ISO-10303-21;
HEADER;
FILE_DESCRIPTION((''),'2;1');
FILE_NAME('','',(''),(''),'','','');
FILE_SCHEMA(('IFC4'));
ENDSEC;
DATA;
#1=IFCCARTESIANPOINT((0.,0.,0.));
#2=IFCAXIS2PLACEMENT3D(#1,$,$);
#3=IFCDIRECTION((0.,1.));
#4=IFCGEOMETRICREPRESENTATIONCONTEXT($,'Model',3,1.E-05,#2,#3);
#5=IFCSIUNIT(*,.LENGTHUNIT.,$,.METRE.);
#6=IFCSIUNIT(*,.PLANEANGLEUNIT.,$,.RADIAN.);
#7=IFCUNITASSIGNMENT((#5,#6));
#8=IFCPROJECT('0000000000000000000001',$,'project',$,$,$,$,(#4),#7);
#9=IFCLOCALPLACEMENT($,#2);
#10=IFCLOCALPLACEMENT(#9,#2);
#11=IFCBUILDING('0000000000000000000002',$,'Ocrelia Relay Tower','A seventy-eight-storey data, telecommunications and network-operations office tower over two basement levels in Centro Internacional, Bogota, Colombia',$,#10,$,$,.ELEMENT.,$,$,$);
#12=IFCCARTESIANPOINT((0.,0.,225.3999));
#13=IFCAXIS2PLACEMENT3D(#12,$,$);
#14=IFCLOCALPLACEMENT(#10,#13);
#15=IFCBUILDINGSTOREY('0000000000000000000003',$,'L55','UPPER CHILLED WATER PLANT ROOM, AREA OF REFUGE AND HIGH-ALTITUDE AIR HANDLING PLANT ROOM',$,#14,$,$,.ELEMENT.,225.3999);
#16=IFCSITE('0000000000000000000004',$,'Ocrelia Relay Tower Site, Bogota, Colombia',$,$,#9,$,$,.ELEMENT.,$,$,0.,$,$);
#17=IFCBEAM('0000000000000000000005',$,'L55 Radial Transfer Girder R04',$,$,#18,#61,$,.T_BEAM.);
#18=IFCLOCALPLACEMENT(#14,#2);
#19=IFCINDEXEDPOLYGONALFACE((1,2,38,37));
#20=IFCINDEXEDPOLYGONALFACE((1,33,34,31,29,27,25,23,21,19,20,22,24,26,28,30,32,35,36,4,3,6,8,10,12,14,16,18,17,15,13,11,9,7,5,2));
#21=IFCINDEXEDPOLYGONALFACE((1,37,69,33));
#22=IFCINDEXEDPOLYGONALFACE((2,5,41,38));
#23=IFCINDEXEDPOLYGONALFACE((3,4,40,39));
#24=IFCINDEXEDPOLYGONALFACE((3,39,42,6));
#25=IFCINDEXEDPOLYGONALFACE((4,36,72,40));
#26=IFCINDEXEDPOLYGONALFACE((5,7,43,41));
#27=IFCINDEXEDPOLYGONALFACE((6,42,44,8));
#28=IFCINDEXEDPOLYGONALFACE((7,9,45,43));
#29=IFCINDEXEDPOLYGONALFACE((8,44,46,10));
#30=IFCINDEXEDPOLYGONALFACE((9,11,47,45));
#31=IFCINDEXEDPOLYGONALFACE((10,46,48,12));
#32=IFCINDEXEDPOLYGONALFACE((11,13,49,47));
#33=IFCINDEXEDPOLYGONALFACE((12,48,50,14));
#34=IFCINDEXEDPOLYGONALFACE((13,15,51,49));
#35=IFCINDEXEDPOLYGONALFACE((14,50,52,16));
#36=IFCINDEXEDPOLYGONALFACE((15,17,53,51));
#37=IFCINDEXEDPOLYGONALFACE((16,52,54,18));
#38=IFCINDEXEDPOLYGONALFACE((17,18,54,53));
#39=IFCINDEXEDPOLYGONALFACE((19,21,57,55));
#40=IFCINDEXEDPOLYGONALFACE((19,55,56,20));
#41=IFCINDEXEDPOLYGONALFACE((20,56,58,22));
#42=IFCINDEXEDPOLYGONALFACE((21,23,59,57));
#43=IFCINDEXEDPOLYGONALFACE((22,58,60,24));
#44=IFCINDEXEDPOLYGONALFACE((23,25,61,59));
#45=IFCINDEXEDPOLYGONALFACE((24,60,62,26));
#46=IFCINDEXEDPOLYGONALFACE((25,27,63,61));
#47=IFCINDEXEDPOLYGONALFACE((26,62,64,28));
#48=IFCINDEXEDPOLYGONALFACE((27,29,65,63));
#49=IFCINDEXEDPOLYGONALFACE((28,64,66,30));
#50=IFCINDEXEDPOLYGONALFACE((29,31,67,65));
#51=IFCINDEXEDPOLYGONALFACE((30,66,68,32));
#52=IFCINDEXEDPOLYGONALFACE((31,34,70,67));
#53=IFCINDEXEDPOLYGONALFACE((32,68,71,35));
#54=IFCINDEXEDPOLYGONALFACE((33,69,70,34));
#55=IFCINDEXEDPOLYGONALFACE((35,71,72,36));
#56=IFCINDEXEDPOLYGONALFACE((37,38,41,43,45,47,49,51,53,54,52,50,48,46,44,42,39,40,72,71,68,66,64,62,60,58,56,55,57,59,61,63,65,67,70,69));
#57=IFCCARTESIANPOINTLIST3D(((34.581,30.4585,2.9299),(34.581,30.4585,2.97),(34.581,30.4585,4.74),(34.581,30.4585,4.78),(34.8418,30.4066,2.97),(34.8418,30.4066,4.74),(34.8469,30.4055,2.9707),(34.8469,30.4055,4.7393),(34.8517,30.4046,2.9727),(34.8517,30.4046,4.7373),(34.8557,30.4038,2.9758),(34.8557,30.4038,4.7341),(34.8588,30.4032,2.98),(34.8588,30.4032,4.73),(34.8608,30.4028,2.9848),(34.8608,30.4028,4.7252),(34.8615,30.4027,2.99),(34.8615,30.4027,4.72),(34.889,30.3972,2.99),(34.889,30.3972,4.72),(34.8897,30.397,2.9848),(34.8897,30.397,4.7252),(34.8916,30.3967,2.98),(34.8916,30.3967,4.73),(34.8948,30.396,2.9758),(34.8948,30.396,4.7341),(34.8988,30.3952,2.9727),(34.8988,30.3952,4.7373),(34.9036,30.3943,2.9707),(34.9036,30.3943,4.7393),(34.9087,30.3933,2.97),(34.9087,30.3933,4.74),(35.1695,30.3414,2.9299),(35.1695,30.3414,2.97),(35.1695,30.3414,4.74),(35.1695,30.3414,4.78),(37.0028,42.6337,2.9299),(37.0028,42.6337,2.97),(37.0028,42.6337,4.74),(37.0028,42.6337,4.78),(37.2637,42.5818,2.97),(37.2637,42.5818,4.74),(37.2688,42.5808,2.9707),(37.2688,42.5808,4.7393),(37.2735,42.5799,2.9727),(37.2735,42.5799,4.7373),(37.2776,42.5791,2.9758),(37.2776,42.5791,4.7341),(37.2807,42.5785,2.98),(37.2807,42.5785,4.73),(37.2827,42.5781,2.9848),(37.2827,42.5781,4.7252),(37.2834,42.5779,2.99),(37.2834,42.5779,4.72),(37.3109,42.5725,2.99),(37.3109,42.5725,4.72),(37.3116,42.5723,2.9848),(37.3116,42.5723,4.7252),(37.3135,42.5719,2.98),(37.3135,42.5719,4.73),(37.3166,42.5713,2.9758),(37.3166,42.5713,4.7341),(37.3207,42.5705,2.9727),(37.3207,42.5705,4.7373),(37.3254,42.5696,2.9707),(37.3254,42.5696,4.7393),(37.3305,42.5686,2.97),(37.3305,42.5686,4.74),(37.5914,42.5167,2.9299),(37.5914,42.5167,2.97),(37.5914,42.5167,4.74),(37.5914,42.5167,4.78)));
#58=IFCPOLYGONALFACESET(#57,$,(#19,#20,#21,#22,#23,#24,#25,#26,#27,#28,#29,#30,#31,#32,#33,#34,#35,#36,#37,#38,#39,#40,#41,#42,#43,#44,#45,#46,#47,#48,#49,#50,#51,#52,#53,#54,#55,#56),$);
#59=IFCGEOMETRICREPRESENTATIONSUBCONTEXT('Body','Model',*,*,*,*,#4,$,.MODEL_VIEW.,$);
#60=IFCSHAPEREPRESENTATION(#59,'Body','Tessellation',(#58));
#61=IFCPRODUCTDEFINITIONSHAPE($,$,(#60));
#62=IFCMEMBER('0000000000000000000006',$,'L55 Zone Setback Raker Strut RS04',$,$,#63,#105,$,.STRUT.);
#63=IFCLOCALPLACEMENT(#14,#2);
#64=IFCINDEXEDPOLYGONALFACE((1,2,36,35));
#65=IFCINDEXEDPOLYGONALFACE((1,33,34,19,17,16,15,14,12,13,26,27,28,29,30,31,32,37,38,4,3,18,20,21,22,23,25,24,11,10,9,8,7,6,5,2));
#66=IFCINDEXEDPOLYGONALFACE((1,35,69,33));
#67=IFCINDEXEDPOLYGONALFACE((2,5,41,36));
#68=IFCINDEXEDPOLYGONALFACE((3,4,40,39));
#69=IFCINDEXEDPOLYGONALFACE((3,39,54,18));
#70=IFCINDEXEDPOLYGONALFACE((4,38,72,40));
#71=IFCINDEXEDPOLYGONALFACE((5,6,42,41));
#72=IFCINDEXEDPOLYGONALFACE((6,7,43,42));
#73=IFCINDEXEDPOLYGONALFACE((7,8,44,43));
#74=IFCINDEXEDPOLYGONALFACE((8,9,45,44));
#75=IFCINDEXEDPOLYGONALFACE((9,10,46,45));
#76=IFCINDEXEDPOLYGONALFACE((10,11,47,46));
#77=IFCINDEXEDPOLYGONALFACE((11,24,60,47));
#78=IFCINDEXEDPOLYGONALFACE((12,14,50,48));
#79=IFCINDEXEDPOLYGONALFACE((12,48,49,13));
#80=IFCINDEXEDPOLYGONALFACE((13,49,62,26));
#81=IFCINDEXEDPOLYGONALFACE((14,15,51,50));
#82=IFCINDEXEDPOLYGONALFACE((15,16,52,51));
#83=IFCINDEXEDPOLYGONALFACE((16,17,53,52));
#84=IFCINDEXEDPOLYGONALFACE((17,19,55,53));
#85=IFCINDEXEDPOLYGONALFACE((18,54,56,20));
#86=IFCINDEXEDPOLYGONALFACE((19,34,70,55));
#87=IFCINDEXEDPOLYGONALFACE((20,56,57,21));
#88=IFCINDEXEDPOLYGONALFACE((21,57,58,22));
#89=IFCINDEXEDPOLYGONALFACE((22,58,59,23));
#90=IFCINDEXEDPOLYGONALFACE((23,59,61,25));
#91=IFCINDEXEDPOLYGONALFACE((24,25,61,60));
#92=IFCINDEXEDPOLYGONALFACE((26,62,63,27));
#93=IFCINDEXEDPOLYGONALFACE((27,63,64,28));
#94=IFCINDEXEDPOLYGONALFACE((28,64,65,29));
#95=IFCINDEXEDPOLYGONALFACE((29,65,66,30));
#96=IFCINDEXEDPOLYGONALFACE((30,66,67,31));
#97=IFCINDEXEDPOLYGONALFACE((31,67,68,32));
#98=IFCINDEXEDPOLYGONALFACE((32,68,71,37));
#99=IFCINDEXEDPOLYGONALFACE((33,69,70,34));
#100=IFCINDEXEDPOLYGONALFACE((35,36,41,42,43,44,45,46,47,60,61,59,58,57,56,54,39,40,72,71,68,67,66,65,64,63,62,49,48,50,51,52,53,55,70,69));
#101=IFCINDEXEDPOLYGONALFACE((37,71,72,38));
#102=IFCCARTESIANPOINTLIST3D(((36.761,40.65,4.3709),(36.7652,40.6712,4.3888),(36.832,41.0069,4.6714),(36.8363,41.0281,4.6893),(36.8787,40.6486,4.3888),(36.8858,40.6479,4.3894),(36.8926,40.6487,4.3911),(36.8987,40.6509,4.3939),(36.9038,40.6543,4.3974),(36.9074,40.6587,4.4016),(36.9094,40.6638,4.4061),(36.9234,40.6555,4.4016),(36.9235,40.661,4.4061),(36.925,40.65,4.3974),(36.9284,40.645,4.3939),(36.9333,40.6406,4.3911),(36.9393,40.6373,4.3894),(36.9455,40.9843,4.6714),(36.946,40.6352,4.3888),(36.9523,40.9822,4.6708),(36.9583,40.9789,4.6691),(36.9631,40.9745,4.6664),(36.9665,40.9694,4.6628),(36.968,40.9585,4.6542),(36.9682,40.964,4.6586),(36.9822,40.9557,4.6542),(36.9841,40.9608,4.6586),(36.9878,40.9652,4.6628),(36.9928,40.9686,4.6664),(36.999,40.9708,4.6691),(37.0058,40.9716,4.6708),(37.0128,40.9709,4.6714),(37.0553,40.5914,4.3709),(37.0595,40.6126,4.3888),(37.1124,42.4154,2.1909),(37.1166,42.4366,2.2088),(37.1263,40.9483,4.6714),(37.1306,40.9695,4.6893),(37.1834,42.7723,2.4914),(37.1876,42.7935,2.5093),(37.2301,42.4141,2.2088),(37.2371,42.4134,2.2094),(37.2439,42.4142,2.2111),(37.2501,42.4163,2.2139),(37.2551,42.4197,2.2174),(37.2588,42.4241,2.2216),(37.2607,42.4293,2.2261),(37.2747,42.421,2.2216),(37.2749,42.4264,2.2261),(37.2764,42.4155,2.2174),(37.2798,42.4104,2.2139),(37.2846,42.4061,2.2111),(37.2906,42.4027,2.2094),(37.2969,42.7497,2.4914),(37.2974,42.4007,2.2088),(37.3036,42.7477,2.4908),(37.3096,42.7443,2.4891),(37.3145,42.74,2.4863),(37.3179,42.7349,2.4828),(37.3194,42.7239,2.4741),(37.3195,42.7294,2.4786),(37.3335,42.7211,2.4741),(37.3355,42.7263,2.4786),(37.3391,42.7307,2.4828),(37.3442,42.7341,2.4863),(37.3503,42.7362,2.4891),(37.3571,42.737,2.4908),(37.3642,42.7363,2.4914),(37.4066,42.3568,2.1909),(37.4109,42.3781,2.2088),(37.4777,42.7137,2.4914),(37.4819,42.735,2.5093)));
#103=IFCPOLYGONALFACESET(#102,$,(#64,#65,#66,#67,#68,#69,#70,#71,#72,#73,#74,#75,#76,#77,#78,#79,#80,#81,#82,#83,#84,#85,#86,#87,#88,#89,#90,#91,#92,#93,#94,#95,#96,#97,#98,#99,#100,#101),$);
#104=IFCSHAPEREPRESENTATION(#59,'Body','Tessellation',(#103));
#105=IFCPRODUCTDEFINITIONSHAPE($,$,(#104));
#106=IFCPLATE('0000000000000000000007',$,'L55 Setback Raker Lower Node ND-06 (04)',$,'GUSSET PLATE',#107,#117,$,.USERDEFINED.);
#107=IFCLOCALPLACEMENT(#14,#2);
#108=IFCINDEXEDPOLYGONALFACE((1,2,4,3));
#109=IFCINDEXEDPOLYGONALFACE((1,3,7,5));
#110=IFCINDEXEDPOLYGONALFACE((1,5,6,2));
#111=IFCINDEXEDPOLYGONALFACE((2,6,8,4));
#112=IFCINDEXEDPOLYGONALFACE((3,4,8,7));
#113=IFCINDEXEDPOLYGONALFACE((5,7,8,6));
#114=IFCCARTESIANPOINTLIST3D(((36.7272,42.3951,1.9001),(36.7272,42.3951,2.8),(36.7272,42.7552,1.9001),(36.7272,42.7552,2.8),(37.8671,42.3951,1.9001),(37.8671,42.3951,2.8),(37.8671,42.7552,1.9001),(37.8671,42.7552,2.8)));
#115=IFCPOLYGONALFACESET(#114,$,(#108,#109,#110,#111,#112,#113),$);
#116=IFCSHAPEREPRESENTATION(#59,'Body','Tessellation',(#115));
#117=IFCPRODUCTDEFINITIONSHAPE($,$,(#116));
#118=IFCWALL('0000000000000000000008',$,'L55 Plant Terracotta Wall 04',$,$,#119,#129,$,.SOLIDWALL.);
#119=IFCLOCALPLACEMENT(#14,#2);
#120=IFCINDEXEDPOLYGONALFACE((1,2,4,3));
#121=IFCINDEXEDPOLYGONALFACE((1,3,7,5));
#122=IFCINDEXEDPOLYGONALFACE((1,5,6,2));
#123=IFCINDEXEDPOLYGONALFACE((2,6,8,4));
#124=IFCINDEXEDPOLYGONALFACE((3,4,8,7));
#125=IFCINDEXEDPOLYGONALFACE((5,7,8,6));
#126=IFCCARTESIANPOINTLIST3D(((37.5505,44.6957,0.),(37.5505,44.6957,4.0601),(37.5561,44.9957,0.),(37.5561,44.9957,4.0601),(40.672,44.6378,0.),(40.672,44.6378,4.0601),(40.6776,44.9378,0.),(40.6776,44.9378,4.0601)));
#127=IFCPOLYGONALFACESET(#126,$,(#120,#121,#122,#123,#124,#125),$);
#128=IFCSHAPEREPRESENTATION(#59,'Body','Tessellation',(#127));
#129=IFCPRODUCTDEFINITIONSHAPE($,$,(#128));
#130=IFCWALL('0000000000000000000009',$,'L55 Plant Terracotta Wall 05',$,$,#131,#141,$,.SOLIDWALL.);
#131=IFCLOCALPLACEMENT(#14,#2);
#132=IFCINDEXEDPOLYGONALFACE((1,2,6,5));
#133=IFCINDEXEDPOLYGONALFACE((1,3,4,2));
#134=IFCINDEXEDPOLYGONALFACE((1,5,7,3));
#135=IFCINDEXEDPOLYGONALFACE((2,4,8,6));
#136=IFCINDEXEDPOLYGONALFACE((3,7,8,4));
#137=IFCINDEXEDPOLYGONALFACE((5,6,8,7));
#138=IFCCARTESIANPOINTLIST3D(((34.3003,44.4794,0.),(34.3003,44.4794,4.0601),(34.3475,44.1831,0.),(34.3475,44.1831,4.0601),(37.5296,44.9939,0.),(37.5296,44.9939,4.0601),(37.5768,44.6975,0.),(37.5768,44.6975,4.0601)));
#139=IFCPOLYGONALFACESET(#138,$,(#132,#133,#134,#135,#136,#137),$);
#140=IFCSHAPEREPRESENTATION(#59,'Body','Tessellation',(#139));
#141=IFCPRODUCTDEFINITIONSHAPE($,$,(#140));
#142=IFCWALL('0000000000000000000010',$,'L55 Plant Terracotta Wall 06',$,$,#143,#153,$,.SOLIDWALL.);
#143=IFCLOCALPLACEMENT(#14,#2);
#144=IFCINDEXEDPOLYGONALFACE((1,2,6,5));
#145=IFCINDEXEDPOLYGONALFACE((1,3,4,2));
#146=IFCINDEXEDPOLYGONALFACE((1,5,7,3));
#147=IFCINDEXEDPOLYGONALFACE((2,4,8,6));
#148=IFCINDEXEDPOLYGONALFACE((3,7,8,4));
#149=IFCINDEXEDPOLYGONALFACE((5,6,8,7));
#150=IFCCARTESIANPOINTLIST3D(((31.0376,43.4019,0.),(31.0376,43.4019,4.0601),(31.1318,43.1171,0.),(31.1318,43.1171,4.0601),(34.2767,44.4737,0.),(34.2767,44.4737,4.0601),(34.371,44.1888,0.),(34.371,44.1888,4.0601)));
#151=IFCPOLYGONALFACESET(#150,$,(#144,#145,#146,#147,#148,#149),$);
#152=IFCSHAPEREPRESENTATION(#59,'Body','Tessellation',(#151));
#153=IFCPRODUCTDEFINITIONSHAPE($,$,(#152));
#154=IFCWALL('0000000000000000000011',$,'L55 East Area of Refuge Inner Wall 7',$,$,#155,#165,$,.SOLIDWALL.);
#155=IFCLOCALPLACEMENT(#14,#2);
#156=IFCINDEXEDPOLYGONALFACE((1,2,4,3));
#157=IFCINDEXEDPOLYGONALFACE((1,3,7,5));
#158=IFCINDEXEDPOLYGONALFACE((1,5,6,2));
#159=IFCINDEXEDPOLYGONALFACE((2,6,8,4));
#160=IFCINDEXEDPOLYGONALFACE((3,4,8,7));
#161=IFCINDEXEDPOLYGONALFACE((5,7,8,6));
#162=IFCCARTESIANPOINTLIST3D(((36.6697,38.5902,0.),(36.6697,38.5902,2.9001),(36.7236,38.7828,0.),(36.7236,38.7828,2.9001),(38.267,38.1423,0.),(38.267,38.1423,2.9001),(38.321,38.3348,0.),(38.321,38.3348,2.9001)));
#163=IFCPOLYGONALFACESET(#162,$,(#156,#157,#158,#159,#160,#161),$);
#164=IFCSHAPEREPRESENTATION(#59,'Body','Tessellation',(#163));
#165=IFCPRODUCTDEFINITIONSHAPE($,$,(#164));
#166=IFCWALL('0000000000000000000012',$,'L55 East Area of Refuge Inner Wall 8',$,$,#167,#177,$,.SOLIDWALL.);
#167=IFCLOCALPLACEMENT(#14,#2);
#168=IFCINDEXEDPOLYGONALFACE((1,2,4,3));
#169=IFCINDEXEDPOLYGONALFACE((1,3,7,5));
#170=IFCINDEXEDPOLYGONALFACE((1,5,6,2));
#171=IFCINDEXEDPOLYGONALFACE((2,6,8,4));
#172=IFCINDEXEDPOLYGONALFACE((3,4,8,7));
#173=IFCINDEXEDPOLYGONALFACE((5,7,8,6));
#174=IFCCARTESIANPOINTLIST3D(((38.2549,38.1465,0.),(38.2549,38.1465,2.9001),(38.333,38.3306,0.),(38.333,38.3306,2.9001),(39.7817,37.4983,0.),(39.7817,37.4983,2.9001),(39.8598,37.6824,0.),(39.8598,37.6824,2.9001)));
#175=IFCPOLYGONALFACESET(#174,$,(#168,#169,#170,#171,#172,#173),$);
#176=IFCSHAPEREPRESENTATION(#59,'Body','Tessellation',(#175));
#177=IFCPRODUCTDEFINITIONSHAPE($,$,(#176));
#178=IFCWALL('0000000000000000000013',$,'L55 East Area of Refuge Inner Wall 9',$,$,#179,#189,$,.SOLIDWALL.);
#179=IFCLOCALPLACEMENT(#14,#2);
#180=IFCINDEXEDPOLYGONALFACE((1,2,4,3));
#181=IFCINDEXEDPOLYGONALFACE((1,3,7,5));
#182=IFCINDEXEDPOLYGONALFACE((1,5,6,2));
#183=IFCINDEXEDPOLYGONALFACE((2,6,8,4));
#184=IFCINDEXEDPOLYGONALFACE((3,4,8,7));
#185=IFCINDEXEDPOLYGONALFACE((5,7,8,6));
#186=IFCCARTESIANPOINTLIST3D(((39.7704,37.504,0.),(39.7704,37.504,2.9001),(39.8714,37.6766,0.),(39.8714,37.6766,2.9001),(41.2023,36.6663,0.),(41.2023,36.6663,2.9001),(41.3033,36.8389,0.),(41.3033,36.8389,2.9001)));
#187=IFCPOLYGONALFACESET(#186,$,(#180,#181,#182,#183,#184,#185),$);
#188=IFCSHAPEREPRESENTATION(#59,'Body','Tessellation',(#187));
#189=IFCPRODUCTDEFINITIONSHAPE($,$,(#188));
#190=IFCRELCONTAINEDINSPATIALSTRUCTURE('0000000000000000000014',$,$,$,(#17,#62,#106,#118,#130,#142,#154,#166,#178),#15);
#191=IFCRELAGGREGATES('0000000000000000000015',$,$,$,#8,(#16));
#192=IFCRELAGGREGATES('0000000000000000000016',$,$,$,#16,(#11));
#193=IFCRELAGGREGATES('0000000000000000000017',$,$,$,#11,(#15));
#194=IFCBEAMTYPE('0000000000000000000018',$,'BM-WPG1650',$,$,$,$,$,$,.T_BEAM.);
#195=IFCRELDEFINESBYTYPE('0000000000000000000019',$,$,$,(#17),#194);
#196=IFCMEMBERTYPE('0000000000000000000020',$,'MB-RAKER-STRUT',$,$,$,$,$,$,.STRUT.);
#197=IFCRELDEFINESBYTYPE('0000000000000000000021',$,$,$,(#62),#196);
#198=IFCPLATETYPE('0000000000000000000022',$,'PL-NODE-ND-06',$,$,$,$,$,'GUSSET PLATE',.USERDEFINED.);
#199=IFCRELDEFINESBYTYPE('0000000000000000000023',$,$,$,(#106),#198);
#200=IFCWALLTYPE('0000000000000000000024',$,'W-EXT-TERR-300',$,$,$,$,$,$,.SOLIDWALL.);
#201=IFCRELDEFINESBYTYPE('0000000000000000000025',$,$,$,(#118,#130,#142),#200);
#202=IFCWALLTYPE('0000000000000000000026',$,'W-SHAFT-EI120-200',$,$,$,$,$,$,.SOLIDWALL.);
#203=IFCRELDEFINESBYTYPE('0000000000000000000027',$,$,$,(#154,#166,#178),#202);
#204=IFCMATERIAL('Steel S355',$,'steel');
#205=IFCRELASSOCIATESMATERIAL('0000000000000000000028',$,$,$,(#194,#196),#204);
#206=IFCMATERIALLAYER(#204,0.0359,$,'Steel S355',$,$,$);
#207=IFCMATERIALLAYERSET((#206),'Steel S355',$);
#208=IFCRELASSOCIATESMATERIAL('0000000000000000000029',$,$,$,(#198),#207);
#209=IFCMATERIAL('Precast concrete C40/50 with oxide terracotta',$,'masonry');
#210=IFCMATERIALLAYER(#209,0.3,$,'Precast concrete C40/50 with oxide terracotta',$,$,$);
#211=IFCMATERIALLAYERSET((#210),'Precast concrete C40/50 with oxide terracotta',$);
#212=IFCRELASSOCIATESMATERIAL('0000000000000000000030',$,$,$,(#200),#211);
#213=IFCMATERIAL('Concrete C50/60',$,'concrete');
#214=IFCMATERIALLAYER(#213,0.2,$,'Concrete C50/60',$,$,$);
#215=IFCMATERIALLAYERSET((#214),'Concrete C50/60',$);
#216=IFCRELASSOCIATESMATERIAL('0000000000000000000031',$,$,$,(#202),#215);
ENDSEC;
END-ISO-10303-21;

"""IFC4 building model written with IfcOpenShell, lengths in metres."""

from ifc_helpers import new_model, si_unit, direction, frame, frame_2d, origin, origin_2d, place, context, subcontext, project, spatial, rectangle, i_section, extrude, material, layer, layer_set, material_profile, profile_set, type_object, element, save


model = new_model("IFC4")

# Units and contexts
model_context = context("Model", 3, precision=1e-05, world=origin(), true_north=direction((0.0, 1.0)))
body_context = subcontext(model_context, "Body", "Model", "MODEL_VIEW")
ifc_project = project(units=[si_unit("LENGTHUNIT", "METRE"), si_unit("PLANEANGLEUNIT", "RADIAN")], contexts=[model_context])

# Site, building, storey
site_placement = place(None, origin())
site = spatial("IfcSite", under=ifc_project, at=site_placement, Name="Ocrelia Relay Tower Site, Bogota, Colombia", CompositionType="ELEMENT", RefElevation=0.0)
building_placement = place(site_placement, origin())
building = spatial("IfcBuilding", under=site, at=building_placement, Name="Ocrelia Relay Tower", Description="A seventy-eight-storey data, telecommunications and network-operations office tower over two basement levels in Centro Internacional, Bogota, Colombia", CompositionType="ELEMENT")
storey_placement = place(building_placement, frame((0.0, 0.0, 225.3999)))
storey = spatial("IfcBuildingStorey", under=building, at=storey_placement, Name="L55", Description="UPPER CHILLED WATER PLANT ROOM, AREA OF REFUGE AND HIGH-ALTITUDE AIR HANDLING PLANT ROOM", CompositionType="ELEMENT", Elevation=225.3999)

# Beam
ifc_material_1 = material(Name="Steel S355", Category="steel")
ifc_material_profile_1 = material_profile(ifc_material_1, i_section(OverallWidth=0.6001, OverallDepth=1.8501, WebThickness=0.0281, FlangeThickness=0.04, FilletRadius=0.02, at=origin_2d()), Name="WPG 1850x600")
ifc_profile_set_1 = profile_set([ifc_material_profile_1], Name="Steel S355")
beam_type_1 = type_object("IfcBeamType", Name="BM-WPG1650", PredefinedType="T_BEAM", material=ifc_profile_set_1)
beam_1_placement = place(storey_placement, frame((37.2971, 42.5752, 3.855), z_axis=(-0.195095, -0.980784, 0.0), x_axis=(0.980784, -0.195095, 0.0)))
element("IfcBeam", 1, at=beam_1_placement, inside=storey, type_object=beam_type_1, Name="L55 Radial Transfer Girder R04", PredefinedType="T_BEAM", context=body_context, shape_type="SweptSolid", body=[
    extrude(i_section(OverallWidth=0.6001, OverallDepth=1.8501, WebThickness=0.0281, FlangeThickness=0.04, FilletRadius=0.02, at=origin_2d()), origin(), (0.0, 0.0, 1.0), 12.4138),
])

# Member
ifc_material_profile_2 = material_profile(ifc_material_1, i_section(OverallWidth=0.3, OverallDepth=0.5, WebThickness=0.0144, FlangeThickness=0.0281, FilletRadius=0.0271, at=origin_2d()), Name="HEB 500")
ifc_profile_set_2 = profile_set([ifc_material_profile_2], Name="Steel S355")
member_type = type_object("IfcMemberType", Name="MB-RAKER-STRUT", PredefinedType="STRUT", material=ifc_profile_set_2)
member_placement = place(storey_placement, frame((37.2971, 42.5752, 2.3501), z_axis=(-0.124271, -0.624465, 0.771103), x_axis=(0.980768, -0.195177, 0.0)))
element("IfcMember", 2, at=member_placement, inside=storey, type_object=member_type, Name="L55 Zone Setback Raker Strut RS04", PredefinedType="STRUT", context=body_context, shape_type="SweptSolid", body=[
    extrude(i_section(OverallWidth=0.3, OverallDepth=0.5, WebThickness=0.0144, FlangeThickness=0.0281, FilletRadius=0.0271, at=origin_2d()), origin(), (0.0, 0.0, 1.0), 2.8271),
])

# Plate
ifc_layer_1 = layer(ifc_material_1, 0.0359, Name="Steel S355")
ifc_layer_set_1 = layer_set([ifc_layer_1], Name="Steel S355")
plate_type = type_object("IfcPlateType", Name="PL-NODE-ND-06", ElementType="GUSSET PLATE", PredefinedType="USERDEFINED", material=ifc_layer_set_1)
plate_placement = place(storey_placement, frame((37.2971, 42.5752, 1.9001), z_axis=(0.0, 0.0, 1.0), x_axis=(1.0, 0.0, 0.0)))
element("IfcPlate", 3, at=plate_placement, inside=storey, type_object=plate_type, Name="L55 Setback Raker Lower Node ND-06 (04)", ObjectType="GUSSET PLATE", PredefinedType="USERDEFINED", context=body_context, shape_type="SweptSolid", body=[
    extrude(rectangle(XDim=1.1399, YDim=0.3601, at=origin_2d()), origin(), (0.0, 0.0, 1.0), 0.8999),
])

# Walls
ifc_material_2 = material(Name="Precast concrete C40/50 with oxide terracotta", Category="masonry")
ifc_layer_2 = layer(ifc_material_2, 0.3, Name="Precast concrete C40/50 with oxide terracotta")
ifc_layer_set_2 = layer_set([ifc_layer_2], Name="Precast concrete C40/50 with oxide terracotta")
wall_type_1 = type_object("IfcWallType", Name="W-EXT-TERR-300", PredefinedType="SOLIDWALL", material=ifc_layer_set_2)
wall_1_placement = place(storey_placement, frame((40.6748, 44.7878, 0.0), z_axis=(0.0, 0.0, 1.0), x_axis=(-0.999828, 0.018533, 0.0)))
element("IfcWall", 4, at=wall_1_placement, inside=storey, type_object=wall_type_1, Name="L55 Plant Terracotta Wall 04", PredefinedType="SOLIDWALL", context=body_context, shape_type="SweptSolid", body=[
    extrude(rectangle(XDim=3.1221, YDim=0.3, at=frame_2d((1.561, 0.0))), origin(), (0.0, 0.0, 1.0), 4.0601),
])
wall_2_placement = place(storey_placement, frame((37.5532, 44.8457, 0.0), z_axis=(0.0, 0.0, 1.0), x_axis=(-0.987549, -0.157312, 0.0)))
element("IfcWall", 5, at=wall_2_placement, inside=storey, type_object=wall_type_1, Name="L55 Plant Terracotta Wall 05", PredefinedType="SOLIDWALL", context=body_context, shape_type="SweptSolid", body=[
    extrude(rectangle(XDim=3.27, YDim=0.3, at=frame_2d((1.635, 0.0))), origin(), (0.0, 0.0, 1.0), 4.0601),
])
wall_3_placement = place(storey_placement, frame((34.324, 44.3313, 0.0), z_axis=(0.0, 0.0, 1.0), x_axis=(-0.949382, -0.314123, 0.0)))
element("IfcWall", 6, at=wall_3_placement, inside=storey, type_object=wall_type_1, Name="L55 Plant Terracotta Wall 06", PredefinedType="SOLIDWALL", context=body_context, shape_type="SweptSolid", body=[
    extrude(rectangle(XDim=3.4119, YDim=0.3, at=frame_2d((1.7061, 0.0))), origin(), (0.0, 0.0, 1.0), 4.0601),
])
ifc_material_3 = material(Name="Concrete C50/60", Category="concrete")
ifc_layer_3 = layer(ifc_material_3, 0.2, Name="Concrete C50/60")
ifc_layer_set_3 = layer_set([ifc_layer_3], Name="Concrete C50/60")
wall_type_2 = type_object("IfcWallType", Name="W-SHAFT-EI120-200", PredefinedType="SOLIDWALL", material=ifc_layer_set_3)
wall_4_placement = place(storey_placement, frame((36.6965, 38.6865, 0.0), z_axis=(0.0, 0.0, 1.0), x_axis=(0.962851, -0.270034, 0.0)))
element("IfcWall", 7, at=wall_4_placement, inside=storey, type_object=wall_type_2, Name="L55 East Area of Refuge Inner Wall 7", PredefinedType="SOLIDWALL", context=body_context, shape_type="SweptSolid", body=[
    extrude(rectangle(XDim=1.6589, YDim=0.2, at=frame_2d((0.8296, 0.0))), origin(), (0.0, 0.0, 1.0), 2.9001),
])
wall_5_placement = place(storey_placement, frame((38.2939, 38.2385, 0.0), z_axis=(0.0, 0.0, 1.0), x_axis=(0.920487, -0.390773, 0.0)))
element("IfcWall", 8, at=wall_5_placement, inside=storey, type_object=wall_type_2, Name="L55 East Area of Refuge Inner Wall 8", PredefinedType="SOLIDWALL", context=body_context, shape_type="SweptSolid", body=[
    extrude(rectangle(XDim=1.6587, YDim=0.2, at=frame_2d((0.8293, 0.0))), origin(), (0.0, 0.0, 1.0), 2.9001),
])
wall_6_placement = place(storey_placement, frame((39.8208, 37.5903, 0.0), z_axis=(0.0, 0.0, 1.0), x_axis=(0.863154, -0.504941, 0.0)))
element("IfcWall", 9, at=wall_6_placement, inside=storey, type_object=wall_type_2, Name="L55 East Area of Refuge Inner Wall 9", PredefinedType="SOLIDWALL", context=body_context, shape_type="SweptSolid", body=[
    extrude(rectangle(XDim=1.6589, YDim=0.2, at=frame_2d((0.8296, 0.0))), origin(), (0.0, 0.0, 1.0), 2.9001),
])

save(model, "model.ifc")
